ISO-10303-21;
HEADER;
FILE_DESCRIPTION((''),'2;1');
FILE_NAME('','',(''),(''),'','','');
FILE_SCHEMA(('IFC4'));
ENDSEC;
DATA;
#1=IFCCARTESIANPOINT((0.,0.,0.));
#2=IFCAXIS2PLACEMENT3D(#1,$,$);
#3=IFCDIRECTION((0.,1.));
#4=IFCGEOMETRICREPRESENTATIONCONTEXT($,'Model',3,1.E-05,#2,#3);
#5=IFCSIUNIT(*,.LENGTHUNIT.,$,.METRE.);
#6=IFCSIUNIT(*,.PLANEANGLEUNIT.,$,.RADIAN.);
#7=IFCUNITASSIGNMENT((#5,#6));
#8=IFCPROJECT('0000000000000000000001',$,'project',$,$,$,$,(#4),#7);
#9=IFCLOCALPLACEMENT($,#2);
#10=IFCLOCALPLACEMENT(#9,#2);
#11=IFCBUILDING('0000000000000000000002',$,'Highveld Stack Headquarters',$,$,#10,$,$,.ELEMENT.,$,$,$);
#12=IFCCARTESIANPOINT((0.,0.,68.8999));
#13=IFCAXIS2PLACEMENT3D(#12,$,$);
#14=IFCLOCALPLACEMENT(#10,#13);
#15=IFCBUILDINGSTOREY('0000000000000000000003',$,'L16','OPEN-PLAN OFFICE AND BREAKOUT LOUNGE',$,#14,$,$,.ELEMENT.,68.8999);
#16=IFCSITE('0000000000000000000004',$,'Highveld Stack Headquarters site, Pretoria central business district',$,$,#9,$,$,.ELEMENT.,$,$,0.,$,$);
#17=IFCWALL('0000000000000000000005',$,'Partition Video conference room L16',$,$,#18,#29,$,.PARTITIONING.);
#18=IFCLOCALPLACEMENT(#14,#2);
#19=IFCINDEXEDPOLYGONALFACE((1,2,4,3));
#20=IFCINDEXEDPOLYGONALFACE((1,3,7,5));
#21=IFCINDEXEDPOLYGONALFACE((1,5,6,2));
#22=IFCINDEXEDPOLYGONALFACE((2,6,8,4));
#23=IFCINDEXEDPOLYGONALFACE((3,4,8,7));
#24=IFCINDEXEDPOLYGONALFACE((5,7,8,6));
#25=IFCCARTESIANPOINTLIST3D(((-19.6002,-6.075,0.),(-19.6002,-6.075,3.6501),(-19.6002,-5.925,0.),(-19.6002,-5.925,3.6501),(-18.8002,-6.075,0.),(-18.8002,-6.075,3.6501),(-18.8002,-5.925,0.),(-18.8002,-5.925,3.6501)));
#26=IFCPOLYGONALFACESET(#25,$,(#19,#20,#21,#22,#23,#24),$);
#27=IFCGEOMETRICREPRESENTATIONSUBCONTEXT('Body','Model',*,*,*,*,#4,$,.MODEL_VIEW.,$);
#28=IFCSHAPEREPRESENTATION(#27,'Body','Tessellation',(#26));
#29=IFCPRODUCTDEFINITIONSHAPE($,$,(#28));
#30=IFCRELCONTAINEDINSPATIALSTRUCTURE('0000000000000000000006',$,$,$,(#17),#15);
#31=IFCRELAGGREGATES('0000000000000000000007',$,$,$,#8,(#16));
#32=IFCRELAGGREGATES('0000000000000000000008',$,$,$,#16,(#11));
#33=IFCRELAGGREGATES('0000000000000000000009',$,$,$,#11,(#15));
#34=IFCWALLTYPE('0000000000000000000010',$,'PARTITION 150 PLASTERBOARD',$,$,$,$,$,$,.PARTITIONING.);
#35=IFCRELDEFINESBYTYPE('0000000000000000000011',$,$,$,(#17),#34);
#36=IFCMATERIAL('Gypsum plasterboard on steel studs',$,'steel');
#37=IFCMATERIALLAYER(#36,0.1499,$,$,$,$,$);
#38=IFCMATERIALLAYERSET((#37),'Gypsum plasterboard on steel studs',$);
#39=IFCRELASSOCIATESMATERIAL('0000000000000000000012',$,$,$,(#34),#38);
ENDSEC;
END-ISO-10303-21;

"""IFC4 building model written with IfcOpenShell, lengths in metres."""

from ifc_helpers import new_model, si_unit, direction, frame, frame_2d, origin, place, context, subcontext, project, spatial, rectangle, extrude, material, layer, layer_set, type_object, element, save


model = new_model("IFC4")

# Units and contexts
model_context = context("Model", 3, precision=1e-05, world=origin(), true_north=direction((0.0, 1.0)))
body_context = subcontext(model_context, "Body", "Model", "MODEL_VIEW")
ifc_project = project(units=[si_unit("LENGTHUNIT", "METRE"), si_unit("PLANEANGLEUNIT", "RADIAN")], contexts=[model_context])

# Site, building, storey
site_placement = place(None, origin())
site = spatial("IfcSite", under=ifc_project, at=site_placement, Name="Highveld Stack Headquarters site, Pretoria central business district", CompositionType="ELEMENT", RefElevation=0.0)
building_placement = place(site_placement, origin())
building = spatial("IfcBuilding", under=site, at=building_placement, Name="Highveld Stack Headquarters", CompositionType="ELEMENT")
storey_placement = place(building_placement, frame((0.0, 0.0, 68.8999)))
storey = spatial("IfcBuildingStorey", under=building, at=storey_placement, Name="L16", Description="OPEN-PLAN OFFICE AND BREAKOUT LOUNGE", CompositionType="ELEMENT", Elevation=68.8999)

# Wall
ifc_material_1 = material(Name="Gypsum plasterboard on steel studs", Category="steel")
ifc_layer_1 = layer(ifc_material_1, 0.1499)
ifc_layer_set_1 = layer_set([ifc_layer_1], Name="Gypsum plasterboard on steel studs")
wall_type = type_object("IfcWallType", Name="PARTITION 150 PLASTERBOARD", PredefinedType="PARTITIONING", material=ifc_layer_set_1)
wall_placement = place(storey_placement, frame((-19.6001, -6.0, 0.0), z_axis=(0.0, 0.0, 1.0), x_axis=(1.0, 0.0, 0.0)))
element("IfcWall", 1, at=wall_placement, inside=storey, type_object=wall_type, Name="Partition Video conference room L16", PredefinedType="PARTITIONING", context=body_context, shape_type="SweptSolid", body=[
    extrude(rectangle(XDim=0.8, YDim=0.1499, at=frame_2d((0.3999, 0.0))), origin(), (0.0, 0.0, 1.0), 3.6501),
])

save(model, "model.ifc")
